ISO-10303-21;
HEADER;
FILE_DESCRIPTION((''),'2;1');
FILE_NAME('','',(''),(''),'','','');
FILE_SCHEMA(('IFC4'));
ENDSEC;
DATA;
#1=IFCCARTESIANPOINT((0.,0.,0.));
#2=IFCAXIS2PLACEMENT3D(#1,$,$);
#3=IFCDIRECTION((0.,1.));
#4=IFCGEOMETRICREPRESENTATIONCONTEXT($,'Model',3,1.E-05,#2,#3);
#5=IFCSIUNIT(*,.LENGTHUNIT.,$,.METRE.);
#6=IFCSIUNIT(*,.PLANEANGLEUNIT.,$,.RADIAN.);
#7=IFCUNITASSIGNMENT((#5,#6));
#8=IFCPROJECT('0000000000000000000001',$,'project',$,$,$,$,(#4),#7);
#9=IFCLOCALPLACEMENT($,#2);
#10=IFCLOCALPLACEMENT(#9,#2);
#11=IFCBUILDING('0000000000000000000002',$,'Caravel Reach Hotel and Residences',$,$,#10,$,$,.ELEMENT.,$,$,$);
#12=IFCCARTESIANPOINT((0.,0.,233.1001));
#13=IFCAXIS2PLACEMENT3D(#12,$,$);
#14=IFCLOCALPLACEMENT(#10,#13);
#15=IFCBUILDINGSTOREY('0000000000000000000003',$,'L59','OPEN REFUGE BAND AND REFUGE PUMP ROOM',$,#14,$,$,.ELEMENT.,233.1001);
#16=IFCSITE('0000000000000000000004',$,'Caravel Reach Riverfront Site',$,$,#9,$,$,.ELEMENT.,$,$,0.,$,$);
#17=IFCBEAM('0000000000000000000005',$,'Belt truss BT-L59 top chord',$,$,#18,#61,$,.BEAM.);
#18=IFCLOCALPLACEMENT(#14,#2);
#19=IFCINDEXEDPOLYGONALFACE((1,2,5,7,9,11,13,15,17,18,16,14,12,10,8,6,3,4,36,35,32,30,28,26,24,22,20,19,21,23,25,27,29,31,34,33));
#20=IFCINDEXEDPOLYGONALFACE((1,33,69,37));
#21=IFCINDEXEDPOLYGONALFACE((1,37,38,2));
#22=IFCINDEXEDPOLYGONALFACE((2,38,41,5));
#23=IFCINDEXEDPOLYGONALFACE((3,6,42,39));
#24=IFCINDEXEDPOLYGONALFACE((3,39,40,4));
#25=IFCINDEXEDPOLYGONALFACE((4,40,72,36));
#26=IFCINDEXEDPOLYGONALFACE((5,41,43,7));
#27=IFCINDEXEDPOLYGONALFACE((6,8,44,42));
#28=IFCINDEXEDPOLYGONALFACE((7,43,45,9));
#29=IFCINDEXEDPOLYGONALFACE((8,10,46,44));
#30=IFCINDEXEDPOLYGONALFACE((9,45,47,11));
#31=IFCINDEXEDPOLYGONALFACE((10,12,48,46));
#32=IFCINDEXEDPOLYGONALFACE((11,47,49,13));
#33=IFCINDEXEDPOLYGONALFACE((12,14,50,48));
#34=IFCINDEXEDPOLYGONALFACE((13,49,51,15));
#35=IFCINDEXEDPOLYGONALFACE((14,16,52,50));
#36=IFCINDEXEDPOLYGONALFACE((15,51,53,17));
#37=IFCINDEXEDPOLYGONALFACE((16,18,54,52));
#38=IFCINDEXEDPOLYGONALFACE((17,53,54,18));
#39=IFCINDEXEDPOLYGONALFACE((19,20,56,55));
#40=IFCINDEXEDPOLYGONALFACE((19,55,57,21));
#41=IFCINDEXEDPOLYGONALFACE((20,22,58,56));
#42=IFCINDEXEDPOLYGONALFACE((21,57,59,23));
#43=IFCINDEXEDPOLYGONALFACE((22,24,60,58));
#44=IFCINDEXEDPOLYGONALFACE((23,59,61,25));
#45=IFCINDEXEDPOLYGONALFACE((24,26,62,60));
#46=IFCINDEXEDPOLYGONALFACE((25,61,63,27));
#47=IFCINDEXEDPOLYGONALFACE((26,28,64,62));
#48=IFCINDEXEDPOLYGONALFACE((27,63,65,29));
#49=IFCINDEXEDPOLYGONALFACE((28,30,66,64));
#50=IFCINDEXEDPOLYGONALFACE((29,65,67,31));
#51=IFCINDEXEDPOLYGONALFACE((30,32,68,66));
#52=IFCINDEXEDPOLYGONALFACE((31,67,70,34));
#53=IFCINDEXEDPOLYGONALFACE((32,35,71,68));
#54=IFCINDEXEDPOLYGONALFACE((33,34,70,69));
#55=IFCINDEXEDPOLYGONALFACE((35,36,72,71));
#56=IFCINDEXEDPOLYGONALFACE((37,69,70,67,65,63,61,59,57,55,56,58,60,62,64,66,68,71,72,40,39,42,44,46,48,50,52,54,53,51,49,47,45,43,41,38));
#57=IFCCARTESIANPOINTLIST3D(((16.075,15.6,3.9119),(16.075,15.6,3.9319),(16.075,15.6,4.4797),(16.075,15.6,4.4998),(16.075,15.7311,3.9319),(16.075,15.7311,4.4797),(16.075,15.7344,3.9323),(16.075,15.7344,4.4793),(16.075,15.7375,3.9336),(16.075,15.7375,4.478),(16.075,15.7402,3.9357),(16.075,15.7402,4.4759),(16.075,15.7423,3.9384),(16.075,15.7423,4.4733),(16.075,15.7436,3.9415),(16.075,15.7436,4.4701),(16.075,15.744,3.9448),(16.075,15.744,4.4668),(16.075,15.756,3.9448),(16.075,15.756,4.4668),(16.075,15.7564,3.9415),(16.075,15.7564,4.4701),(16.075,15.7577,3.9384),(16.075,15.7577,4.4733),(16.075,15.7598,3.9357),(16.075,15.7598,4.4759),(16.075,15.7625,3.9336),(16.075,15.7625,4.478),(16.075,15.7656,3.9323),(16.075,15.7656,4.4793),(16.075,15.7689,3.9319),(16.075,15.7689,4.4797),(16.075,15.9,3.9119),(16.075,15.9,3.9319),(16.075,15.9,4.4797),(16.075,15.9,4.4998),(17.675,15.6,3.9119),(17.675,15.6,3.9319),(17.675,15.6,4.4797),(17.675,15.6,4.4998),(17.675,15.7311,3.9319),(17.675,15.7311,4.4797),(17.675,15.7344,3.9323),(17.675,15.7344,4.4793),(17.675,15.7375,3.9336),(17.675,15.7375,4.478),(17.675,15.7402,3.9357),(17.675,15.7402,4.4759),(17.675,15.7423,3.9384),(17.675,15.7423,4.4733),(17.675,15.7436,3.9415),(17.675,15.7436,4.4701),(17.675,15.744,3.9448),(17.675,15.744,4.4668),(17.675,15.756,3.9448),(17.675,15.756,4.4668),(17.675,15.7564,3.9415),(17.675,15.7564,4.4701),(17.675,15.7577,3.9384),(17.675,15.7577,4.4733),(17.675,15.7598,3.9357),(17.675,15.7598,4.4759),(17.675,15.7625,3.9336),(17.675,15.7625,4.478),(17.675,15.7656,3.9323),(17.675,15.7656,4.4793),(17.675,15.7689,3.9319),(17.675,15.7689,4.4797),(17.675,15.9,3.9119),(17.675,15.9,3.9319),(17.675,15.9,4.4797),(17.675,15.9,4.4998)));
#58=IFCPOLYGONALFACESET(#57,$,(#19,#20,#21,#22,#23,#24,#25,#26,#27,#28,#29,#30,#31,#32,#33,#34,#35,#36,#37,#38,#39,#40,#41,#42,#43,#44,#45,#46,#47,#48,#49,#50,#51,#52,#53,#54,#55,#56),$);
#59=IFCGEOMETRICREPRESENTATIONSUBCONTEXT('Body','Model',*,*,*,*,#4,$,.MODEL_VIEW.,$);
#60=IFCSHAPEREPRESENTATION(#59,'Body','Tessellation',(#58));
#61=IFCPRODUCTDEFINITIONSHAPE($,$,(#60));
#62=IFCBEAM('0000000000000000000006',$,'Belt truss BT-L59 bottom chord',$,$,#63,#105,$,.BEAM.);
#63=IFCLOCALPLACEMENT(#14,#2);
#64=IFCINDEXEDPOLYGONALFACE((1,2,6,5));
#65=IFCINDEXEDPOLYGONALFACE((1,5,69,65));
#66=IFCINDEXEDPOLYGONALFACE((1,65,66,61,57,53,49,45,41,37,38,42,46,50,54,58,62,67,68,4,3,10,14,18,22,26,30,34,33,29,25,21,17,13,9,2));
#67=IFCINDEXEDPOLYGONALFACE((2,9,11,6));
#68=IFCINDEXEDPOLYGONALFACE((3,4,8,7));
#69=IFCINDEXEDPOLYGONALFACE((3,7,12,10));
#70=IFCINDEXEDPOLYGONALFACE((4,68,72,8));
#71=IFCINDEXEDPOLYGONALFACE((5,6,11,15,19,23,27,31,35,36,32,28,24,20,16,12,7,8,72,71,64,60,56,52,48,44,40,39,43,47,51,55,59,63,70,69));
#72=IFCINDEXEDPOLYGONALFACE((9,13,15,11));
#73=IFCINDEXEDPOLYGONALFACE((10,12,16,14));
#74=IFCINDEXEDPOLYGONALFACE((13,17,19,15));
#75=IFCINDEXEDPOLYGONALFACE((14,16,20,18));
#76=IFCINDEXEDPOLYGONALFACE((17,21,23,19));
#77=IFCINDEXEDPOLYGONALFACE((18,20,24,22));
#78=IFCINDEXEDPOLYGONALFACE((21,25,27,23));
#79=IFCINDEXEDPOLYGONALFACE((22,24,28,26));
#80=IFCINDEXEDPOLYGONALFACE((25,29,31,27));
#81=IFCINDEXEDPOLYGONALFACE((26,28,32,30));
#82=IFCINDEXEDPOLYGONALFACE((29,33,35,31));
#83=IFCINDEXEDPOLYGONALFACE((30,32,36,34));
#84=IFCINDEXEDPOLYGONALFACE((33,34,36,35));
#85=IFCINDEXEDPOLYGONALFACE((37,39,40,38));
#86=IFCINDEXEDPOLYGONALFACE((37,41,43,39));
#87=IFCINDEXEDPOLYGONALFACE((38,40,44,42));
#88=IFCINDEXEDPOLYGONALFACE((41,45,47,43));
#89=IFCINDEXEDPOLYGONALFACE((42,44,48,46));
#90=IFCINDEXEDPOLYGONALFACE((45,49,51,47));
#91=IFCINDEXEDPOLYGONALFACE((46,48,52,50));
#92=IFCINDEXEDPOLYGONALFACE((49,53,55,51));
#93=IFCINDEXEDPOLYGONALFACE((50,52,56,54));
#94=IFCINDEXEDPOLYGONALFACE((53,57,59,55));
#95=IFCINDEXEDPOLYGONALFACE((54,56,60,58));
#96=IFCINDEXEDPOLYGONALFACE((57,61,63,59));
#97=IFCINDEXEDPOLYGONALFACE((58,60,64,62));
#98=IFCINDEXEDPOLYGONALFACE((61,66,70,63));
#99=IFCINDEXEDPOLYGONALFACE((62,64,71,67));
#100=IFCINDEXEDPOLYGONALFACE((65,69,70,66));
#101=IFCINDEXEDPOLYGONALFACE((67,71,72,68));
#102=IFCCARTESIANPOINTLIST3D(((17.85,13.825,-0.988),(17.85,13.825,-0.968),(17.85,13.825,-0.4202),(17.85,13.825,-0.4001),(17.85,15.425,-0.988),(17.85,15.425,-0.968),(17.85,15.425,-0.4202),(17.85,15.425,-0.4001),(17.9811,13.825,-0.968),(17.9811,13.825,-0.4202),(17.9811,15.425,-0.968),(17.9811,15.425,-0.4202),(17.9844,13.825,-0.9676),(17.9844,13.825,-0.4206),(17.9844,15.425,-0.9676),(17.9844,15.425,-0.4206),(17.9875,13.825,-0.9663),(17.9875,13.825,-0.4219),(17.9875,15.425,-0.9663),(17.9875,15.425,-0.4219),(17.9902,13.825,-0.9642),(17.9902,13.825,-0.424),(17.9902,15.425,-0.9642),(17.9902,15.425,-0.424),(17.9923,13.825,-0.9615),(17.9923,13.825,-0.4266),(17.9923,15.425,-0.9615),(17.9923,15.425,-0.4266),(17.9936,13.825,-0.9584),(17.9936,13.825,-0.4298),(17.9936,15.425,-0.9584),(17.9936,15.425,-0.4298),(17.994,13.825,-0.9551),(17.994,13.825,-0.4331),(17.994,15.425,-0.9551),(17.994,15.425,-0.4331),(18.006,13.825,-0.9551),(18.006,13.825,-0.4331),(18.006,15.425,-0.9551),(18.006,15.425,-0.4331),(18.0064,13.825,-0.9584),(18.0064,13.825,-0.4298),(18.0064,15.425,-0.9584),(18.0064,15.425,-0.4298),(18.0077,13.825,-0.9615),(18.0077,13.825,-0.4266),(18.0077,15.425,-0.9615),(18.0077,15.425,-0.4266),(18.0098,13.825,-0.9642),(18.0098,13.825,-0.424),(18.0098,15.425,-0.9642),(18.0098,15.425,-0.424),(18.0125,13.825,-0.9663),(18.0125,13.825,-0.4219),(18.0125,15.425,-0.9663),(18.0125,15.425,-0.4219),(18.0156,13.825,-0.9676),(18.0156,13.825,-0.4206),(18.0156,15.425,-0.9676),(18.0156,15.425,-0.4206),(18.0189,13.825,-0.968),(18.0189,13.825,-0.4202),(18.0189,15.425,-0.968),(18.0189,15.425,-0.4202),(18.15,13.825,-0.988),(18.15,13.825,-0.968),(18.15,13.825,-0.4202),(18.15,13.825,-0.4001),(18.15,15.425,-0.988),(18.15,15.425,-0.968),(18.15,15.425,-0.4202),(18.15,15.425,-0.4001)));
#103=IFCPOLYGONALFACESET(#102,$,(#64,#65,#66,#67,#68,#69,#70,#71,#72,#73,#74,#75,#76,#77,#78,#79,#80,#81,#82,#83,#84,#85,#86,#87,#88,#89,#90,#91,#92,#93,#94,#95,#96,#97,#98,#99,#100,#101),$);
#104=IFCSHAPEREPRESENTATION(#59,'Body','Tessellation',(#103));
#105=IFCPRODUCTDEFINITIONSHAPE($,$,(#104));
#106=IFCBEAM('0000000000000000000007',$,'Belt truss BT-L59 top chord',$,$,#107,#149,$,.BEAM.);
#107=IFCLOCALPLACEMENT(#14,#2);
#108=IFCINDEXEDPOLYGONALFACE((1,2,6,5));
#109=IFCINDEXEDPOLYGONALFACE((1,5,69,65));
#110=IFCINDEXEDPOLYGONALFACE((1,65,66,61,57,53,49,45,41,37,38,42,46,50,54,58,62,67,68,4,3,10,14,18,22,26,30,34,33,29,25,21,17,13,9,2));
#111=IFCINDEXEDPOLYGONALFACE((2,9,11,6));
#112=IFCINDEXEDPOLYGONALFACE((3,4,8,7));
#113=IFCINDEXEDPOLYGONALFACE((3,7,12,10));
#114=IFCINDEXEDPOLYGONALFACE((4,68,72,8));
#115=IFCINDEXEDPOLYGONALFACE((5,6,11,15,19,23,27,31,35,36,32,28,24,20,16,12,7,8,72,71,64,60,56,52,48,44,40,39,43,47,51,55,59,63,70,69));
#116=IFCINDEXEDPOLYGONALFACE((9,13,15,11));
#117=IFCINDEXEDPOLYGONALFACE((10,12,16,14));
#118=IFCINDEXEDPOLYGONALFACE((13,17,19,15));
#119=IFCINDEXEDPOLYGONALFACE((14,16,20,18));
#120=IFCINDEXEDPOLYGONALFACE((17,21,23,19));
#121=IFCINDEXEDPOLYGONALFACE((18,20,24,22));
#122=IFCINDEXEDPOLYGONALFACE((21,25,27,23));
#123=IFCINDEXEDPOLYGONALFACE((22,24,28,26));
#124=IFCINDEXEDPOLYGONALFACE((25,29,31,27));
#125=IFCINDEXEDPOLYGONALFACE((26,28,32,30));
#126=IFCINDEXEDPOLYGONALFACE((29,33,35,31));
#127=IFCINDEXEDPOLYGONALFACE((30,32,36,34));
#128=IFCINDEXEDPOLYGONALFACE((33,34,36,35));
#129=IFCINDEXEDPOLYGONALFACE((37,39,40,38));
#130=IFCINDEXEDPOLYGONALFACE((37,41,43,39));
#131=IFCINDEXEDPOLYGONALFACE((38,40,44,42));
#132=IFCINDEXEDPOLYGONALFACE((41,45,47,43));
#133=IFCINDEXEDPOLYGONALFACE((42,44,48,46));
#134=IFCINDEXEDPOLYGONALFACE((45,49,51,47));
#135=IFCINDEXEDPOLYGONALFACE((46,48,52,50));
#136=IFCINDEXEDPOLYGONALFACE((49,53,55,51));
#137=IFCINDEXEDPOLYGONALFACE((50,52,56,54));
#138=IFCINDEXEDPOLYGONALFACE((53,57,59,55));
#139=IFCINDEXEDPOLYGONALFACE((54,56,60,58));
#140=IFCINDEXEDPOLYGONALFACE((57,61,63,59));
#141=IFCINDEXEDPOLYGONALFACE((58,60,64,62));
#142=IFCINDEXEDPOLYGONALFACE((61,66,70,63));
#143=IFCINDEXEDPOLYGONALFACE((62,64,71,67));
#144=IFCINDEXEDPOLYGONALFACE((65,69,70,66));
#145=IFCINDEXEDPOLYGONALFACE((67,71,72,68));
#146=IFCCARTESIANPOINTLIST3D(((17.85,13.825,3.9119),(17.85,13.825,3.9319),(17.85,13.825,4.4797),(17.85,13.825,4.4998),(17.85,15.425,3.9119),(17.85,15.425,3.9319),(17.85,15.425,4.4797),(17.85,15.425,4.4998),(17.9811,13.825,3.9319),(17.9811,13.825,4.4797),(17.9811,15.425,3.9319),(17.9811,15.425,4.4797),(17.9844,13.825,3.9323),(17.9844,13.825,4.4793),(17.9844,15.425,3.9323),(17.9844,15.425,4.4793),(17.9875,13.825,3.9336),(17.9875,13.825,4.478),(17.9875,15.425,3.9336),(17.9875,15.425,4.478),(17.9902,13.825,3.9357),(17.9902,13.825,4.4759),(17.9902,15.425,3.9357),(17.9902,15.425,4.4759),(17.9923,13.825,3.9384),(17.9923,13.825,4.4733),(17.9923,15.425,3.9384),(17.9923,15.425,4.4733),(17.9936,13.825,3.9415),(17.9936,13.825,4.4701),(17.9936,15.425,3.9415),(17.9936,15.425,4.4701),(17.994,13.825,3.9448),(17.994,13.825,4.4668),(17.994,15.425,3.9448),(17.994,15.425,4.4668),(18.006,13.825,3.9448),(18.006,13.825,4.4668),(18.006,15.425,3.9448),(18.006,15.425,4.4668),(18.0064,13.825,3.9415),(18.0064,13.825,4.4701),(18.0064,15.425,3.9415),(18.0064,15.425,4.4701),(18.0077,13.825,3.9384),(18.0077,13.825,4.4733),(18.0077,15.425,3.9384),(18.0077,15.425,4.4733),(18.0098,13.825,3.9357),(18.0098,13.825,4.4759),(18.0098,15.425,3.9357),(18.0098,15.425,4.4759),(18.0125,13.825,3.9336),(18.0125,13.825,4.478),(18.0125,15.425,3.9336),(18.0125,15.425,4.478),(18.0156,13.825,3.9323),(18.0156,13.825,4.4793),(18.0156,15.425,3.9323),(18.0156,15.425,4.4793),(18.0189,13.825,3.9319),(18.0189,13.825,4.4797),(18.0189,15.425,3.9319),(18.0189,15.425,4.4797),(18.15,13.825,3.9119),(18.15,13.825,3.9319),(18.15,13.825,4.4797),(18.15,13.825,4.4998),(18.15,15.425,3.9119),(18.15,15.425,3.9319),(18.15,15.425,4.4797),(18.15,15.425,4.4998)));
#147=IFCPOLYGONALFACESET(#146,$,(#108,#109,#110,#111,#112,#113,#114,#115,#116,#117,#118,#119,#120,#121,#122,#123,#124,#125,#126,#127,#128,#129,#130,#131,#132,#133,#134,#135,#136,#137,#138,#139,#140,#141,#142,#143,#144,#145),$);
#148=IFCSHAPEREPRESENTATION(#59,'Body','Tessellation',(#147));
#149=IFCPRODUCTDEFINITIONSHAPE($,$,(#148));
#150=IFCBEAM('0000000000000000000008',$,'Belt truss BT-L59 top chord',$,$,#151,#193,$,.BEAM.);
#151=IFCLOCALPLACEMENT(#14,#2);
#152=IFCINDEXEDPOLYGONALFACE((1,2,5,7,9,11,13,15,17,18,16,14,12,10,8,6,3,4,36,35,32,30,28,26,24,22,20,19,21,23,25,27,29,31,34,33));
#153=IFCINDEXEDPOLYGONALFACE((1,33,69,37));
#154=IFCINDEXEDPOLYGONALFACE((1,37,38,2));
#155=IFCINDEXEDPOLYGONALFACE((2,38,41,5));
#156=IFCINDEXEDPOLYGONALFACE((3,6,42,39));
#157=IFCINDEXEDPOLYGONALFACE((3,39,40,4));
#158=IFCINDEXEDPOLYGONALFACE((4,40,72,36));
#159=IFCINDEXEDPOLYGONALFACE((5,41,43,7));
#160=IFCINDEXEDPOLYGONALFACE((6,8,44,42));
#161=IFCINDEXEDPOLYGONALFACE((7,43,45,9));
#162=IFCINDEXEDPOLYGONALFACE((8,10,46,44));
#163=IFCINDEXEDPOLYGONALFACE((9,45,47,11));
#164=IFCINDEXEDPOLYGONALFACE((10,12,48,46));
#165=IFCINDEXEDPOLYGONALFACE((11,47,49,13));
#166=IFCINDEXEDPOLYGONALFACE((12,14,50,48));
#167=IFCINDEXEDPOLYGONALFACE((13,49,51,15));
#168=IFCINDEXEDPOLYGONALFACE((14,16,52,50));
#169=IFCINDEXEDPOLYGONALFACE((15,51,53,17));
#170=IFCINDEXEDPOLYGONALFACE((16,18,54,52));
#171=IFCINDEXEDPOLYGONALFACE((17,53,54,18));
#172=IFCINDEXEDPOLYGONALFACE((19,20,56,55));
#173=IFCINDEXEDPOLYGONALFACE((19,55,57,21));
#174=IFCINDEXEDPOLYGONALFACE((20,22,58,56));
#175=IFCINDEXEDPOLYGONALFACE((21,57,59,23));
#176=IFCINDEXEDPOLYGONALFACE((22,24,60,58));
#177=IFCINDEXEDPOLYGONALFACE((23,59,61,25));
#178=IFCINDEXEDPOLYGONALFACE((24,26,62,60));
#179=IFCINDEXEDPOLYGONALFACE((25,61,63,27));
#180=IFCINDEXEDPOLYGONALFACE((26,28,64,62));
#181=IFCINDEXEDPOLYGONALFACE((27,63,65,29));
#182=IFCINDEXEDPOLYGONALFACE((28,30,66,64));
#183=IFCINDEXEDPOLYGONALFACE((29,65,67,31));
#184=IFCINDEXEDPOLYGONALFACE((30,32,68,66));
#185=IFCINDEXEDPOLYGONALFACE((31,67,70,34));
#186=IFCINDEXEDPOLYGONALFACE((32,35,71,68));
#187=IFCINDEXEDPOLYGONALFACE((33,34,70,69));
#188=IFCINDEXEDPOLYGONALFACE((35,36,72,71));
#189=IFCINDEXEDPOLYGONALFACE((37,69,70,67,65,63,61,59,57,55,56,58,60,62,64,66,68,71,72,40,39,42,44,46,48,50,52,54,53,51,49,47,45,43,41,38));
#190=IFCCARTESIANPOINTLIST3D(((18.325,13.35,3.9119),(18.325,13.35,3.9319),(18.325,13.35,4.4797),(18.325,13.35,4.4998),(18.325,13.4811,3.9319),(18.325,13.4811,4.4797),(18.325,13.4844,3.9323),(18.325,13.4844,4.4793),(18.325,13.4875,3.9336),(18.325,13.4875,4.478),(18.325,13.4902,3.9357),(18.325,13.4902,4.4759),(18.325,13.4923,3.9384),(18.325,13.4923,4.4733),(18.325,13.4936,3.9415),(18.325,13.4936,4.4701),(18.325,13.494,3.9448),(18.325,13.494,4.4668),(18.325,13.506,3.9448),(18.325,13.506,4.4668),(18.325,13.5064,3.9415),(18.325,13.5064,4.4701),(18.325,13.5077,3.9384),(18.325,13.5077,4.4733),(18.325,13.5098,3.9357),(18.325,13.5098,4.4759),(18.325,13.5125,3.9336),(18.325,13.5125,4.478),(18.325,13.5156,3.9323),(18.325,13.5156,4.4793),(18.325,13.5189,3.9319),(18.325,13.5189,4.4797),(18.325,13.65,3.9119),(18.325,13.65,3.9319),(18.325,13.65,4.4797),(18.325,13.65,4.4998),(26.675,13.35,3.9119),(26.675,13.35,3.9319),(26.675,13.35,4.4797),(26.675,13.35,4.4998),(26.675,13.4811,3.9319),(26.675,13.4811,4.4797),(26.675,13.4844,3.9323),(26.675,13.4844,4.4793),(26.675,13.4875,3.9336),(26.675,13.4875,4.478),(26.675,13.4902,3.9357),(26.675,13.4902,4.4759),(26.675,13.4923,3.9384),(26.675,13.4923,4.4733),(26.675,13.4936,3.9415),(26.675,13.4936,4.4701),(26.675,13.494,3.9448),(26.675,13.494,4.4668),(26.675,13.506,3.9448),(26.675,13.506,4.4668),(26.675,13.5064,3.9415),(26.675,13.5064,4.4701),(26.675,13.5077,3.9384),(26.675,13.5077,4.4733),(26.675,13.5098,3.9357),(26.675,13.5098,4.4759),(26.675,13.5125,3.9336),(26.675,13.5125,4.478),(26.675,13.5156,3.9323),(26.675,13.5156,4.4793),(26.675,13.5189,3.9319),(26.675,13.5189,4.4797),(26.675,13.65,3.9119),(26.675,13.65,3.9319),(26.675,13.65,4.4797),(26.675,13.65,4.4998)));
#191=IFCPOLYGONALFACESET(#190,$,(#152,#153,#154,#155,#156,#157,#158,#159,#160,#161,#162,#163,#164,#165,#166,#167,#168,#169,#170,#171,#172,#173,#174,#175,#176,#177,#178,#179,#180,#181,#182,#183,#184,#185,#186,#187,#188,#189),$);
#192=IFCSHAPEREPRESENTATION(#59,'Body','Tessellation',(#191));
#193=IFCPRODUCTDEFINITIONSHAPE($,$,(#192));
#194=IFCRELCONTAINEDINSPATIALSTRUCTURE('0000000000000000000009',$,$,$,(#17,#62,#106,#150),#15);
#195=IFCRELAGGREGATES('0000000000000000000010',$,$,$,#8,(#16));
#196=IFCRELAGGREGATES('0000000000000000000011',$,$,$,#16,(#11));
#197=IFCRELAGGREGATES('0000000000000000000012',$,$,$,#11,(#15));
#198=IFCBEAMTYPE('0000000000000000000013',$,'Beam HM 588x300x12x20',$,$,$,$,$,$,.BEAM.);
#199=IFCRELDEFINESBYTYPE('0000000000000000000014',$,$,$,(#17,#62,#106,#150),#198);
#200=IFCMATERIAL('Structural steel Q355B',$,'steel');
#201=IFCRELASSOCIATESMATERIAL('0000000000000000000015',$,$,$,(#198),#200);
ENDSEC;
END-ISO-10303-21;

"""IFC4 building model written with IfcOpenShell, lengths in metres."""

from ifc_helpers import new_model, si_unit, direction, frame, origin, origin_2d, place, context, subcontext, project, spatial, i_section, extrude, material, material_profile, profile_set, type_object, element, save


model = new_model("IFC4")

# Units and contexts
model_context = context("Model", 3, precision=1e-05, world=origin(), true_north=direction((0.0, 1.0)))
body_context = subcontext(model_context, "Body", "Model", "MODEL_VIEW")
ifc_project = project(units=[si_unit("LENGTHUNIT", "METRE"), si_unit("PLANEANGLEUNIT", "RADIAN")], contexts=[model_context])

# Site, building, storey
site_placement = place(None, origin())
site = spatial("IfcSite", under=ifc_project, at=site_placement, Name="Caravel Reach Riverfront Site", CompositionType="ELEMENT", RefElevation=0.0)
building_placement = place(site_placement, origin())
building = spatial("IfcBuilding", under=site, at=building_placement, Name="Caravel Reach Hotel and Residences", CompositionType="ELEMENT")
storey_placement = place(building_placement, frame((0.0, 0.0, 233.1001)))
storey = spatial("IfcBuildingStorey", under=building, at=storey_placement, Name="L59", Description="OPEN REFUGE BAND AND REFUGE PUMP ROOM", CompositionType="ELEMENT", Elevation=233.1001)

# Beams
ifc_material_1 = material(Name="Structural steel Q355B", Category="steel")
ifc_material_profile_1 = material_profile(ifc_material_1, i_section(OverallWidth=0.3, OverallDepth=0.5879, WebThickness=0.012, FlangeThickness=0.02, FilletRadius=0.0129, at=origin_2d()), Name="HM 588x300x12x20")
ifc_profile_set_1 = profile_set([ifc_material_profile_1], Name="Structural steel Q355B")
beam_type_1 = type_object("IfcBeamType", Name="Beam HM 588x300x12x20", PredefinedType="BEAM", material=ifc_profile_set_1)
for number, where, z_axis, x_axis, name in (
    (1, (16.075, 15.75, 4.2058), (1.0, 0.0, 0.0), (0.0, 1.0, 0.0), "Belt truss BT-L59 top chord"),
    (2, (18.0, 15.425, -0.6941), (0.0, -1.0, 0.0), (1.0, 0.0, 0.0), "Belt truss BT-L59 bottom chord"),
    (3, (18.0, 15.425, 4.2058), (0.0, -1.0, 0.0), (1.0, 0.0, 0.0), "Belt truss BT-L59 top chord"),
):
    element("IfcBeam", number, at=place(storey_placement, frame(where, z_axis=z_axis, x_axis=x_axis)), inside=storey, type_object=beam_type_1, Name=name, PredefinedType="BEAM", context=body_context, shape_type="SweptSolid", body=[
        extrude(i_section(OverallWidth=0.3, OverallDepth=0.5879, WebThickness=0.012, FlangeThickness=0.02, FilletRadius=0.0129, at=origin_2d()), origin(), (0.0, 0.0, 1.0), 1.6001),
    ])
for number, where, z_axis, x_axis, name in (
    (4, (18.325, 13.5, 4.2058), (1.0, 0.0, 0.0), (0.0, 1.0, 0.0), "Belt truss BT-L59 top chord"),
):
    element("IfcBeam", number, at=place(storey_placement, frame(where, z_axis=z_axis, x_axis=x_axis)), inside=storey, type_object=beam_type_1, Name=name, PredefinedType="BEAM", context=body_context, shape_type="SweptSolid", body=[
        extrude(i_section(OverallWidth=0.3, OverallDepth=0.5879, WebThickness=0.012, FlangeThickness=0.02, FilletRadius=0.0129, at=origin_2d()), origin(), (0.0, 0.0, 1.0), 8.3501),
    ])

save(model, "model.ifc")
